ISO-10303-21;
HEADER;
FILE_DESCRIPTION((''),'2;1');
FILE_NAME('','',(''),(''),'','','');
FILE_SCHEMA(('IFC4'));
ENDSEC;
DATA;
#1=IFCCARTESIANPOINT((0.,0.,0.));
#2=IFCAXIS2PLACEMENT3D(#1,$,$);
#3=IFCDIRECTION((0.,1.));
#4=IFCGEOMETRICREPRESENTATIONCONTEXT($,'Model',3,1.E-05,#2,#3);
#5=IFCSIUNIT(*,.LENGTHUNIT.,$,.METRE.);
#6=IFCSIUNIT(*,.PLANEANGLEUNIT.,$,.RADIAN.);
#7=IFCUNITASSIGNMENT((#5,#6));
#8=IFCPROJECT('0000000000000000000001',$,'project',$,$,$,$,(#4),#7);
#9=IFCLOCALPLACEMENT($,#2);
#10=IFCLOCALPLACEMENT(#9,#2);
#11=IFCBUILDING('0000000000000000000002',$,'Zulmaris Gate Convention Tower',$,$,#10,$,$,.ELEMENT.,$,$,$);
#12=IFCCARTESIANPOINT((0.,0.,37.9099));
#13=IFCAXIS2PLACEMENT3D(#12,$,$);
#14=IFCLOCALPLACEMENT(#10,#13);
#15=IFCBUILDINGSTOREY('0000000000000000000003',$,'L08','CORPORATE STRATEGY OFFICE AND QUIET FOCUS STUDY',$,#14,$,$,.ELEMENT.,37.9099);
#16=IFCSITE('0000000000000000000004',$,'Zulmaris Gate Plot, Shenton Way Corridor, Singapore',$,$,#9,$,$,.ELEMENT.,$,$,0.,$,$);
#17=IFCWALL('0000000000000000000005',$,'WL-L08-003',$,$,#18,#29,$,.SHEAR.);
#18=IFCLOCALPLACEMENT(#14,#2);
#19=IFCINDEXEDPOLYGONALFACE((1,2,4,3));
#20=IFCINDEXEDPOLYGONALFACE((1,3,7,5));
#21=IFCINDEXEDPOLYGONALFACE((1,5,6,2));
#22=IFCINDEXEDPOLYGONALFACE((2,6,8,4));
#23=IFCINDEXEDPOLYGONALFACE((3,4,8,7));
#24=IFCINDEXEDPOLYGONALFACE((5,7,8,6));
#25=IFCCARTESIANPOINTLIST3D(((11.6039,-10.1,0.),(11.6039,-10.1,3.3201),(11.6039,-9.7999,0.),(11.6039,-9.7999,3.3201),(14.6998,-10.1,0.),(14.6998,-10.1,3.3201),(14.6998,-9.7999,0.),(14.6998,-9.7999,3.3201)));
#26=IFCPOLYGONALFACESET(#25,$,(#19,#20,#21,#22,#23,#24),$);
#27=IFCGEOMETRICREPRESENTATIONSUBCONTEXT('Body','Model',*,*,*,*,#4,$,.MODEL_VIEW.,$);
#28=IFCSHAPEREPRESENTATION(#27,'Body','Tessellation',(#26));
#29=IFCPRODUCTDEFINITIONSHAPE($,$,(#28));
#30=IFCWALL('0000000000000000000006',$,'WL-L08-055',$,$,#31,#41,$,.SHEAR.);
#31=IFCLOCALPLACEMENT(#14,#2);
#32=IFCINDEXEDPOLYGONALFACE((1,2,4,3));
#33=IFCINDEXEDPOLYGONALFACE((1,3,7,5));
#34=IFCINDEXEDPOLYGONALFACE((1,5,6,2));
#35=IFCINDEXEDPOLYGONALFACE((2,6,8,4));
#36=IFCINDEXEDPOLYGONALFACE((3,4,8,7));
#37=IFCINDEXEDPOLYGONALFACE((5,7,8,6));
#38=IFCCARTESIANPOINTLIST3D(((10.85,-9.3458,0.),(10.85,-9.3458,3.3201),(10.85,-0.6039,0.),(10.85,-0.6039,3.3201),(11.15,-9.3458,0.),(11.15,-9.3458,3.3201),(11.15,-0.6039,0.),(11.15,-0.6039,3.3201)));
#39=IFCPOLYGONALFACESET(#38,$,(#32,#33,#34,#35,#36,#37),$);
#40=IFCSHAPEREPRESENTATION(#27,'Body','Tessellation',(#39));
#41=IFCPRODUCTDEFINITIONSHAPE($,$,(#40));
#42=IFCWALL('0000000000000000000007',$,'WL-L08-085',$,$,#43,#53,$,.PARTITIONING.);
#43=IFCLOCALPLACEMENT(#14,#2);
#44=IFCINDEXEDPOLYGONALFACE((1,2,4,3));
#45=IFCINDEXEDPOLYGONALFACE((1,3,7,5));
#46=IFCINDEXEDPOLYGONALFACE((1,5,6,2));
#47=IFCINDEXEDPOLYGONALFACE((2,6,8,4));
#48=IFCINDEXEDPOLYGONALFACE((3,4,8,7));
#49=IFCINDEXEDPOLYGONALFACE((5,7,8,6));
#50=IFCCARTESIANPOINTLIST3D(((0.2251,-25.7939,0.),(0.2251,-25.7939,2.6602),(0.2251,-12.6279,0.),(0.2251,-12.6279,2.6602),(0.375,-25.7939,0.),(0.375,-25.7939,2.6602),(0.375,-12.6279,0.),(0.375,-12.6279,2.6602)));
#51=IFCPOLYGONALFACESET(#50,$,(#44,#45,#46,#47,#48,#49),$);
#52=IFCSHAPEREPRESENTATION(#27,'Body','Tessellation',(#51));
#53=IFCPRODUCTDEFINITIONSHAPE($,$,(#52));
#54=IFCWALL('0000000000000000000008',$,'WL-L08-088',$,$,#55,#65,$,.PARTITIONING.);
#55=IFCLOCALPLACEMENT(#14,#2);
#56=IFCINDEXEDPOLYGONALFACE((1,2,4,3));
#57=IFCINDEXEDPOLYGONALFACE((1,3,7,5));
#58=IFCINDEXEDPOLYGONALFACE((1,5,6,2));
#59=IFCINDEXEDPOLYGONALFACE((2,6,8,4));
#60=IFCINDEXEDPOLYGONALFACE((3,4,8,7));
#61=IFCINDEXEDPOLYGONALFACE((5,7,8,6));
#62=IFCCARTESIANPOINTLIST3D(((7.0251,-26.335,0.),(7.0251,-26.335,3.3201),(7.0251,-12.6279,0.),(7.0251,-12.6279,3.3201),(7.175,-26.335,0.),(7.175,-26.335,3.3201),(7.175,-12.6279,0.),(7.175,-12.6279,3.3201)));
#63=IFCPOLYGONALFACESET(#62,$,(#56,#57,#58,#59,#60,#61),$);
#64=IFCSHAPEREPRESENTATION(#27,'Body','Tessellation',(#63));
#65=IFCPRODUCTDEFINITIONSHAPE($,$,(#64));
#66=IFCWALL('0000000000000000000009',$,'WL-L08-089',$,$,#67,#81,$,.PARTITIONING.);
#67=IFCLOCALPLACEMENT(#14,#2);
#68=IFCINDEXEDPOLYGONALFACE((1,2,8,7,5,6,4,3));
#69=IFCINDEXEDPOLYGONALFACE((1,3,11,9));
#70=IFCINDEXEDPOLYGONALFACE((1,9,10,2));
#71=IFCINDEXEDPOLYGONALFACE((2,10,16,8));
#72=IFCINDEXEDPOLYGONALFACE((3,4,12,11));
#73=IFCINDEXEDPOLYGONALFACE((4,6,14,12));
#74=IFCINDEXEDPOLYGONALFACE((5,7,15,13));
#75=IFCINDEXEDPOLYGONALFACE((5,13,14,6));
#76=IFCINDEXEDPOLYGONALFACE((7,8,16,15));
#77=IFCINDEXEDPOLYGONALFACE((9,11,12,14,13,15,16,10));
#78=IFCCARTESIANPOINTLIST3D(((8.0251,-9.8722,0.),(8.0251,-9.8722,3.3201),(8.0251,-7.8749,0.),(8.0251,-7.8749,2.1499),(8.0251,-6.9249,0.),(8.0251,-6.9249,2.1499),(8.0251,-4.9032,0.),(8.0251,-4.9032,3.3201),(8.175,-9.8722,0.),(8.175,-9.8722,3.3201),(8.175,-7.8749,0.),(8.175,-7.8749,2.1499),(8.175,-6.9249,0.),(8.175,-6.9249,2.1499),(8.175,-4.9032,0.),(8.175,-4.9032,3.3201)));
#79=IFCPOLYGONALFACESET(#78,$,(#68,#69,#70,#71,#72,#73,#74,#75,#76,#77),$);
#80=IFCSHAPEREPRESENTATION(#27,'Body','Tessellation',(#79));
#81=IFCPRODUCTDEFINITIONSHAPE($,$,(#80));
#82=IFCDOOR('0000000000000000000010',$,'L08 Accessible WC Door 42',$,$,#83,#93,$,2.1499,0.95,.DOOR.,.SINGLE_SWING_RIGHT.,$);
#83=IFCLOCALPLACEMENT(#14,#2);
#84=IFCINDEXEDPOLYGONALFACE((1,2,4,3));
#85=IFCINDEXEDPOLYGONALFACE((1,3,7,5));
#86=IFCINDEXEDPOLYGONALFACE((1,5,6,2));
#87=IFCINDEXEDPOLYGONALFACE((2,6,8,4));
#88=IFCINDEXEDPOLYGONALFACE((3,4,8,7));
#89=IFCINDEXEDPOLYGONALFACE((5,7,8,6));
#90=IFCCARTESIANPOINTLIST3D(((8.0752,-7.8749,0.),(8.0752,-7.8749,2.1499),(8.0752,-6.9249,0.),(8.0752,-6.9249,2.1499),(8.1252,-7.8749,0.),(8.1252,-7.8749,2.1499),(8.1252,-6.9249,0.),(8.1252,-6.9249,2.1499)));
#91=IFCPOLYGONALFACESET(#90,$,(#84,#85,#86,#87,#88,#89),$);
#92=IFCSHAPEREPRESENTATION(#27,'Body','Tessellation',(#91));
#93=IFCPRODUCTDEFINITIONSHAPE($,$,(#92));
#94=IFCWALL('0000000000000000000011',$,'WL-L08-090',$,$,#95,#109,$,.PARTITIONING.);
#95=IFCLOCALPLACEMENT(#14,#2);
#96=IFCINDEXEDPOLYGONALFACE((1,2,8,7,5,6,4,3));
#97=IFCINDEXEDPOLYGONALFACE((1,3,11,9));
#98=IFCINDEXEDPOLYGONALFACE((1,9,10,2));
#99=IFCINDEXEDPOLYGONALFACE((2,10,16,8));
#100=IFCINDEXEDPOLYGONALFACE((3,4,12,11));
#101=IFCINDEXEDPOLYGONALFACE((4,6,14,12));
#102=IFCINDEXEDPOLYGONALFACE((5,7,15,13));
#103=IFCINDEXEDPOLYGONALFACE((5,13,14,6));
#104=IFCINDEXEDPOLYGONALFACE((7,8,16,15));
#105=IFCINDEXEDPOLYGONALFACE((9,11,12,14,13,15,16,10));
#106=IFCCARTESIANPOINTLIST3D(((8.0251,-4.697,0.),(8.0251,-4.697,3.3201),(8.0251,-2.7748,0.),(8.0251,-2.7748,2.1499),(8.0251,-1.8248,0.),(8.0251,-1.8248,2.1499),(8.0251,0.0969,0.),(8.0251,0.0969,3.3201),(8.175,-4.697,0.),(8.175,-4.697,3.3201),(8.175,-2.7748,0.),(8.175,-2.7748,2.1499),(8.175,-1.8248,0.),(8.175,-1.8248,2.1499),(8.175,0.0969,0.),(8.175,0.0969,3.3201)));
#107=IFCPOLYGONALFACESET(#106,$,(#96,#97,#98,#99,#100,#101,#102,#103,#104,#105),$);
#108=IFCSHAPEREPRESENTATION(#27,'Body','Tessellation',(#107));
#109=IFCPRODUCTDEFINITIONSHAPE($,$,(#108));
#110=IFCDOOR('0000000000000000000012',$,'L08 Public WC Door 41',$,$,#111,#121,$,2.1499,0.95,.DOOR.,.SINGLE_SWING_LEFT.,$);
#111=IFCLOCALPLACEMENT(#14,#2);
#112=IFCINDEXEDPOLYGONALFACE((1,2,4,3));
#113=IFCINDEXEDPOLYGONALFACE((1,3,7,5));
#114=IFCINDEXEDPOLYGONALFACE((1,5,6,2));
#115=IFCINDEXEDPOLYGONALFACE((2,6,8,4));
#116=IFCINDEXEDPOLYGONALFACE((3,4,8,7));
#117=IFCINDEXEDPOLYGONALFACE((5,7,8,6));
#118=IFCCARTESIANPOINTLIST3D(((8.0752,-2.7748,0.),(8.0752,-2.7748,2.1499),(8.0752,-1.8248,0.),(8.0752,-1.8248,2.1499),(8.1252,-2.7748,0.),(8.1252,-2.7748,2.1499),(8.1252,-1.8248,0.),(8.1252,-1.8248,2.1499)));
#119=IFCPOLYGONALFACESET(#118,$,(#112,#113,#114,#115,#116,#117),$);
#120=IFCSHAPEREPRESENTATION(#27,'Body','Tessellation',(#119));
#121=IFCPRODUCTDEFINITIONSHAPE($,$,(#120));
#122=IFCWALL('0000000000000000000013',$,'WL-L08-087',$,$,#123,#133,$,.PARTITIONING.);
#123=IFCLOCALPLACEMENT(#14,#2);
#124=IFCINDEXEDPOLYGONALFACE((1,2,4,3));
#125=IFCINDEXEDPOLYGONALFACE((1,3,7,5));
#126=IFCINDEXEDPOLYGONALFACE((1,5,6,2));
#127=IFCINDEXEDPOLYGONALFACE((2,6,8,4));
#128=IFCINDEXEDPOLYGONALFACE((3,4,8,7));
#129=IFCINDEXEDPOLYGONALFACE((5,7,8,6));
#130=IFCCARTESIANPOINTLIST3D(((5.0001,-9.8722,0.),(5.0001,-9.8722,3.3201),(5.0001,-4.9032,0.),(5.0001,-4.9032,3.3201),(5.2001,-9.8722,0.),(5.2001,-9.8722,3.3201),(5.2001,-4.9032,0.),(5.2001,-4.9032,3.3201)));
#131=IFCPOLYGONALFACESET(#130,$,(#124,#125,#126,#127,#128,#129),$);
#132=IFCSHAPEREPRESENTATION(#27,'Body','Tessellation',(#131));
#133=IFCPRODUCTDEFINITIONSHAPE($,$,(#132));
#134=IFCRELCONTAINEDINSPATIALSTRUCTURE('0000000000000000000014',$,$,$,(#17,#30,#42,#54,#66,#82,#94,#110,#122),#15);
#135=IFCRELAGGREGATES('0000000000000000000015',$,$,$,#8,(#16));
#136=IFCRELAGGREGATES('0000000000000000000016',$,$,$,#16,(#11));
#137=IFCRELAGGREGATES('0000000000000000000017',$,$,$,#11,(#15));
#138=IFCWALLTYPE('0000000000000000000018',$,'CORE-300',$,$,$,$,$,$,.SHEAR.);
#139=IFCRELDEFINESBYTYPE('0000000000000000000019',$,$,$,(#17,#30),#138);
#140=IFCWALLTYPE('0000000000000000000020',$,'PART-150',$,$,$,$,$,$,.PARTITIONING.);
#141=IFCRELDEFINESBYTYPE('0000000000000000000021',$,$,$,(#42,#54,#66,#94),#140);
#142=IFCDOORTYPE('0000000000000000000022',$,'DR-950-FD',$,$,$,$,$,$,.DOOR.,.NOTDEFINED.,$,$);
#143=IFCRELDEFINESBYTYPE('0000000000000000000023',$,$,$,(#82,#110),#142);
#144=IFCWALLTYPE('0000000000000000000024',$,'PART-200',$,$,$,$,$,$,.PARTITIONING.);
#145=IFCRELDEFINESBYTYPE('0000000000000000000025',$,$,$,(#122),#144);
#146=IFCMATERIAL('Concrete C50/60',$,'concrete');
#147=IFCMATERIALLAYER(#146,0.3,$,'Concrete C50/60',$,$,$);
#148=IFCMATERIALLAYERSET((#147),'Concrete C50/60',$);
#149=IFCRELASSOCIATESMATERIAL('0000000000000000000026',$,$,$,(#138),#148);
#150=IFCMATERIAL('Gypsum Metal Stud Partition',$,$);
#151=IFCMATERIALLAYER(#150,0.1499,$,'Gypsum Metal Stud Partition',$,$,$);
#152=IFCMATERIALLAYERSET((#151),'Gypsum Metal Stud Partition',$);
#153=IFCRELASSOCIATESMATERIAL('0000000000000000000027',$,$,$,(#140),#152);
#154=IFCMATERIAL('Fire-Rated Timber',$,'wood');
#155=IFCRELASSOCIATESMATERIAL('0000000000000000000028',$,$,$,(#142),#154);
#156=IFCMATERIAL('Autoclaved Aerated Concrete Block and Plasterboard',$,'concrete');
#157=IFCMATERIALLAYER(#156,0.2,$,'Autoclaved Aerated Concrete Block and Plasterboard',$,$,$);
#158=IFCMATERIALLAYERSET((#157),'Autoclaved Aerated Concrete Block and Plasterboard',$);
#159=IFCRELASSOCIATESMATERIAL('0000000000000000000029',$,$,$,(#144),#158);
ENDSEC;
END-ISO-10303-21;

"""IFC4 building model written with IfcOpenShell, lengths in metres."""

from ifc_helpers import new_model, si_unit, direction, frame, frame_2d, origin, place, context, subcontext, project, spatial, rectangle, extrude, material, layer, layer_set, type_object, element, fill, save


model = new_model("IFC4")

# Units and contexts
model_context = context("Model", 3, precision=1e-05, world=origin(), true_north=direction((0.0, 1.0)))
body_context = subcontext(model_context, "Body", "Model", "MODEL_VIEW")
ifc_project = project(units=[si_unit("LENGTHUNIT", "METRE"), si_unit("PLANEANGLEUNIT", "RADIAN")], contexts=[model_context])

# Site, building, storey
site_placement = place(None, origin())
site = spatial("IfcSite", under=ifc_project, at=site_placement, Name="Zulmaris Gate Plot, Shenton Way Corridor, Singapore", CompositionType="ELEMENT", RefElevation=0.0)
building_placement = place(site_placement, origin())
building = spatial("IfcBuilding", under=site, at=building_placement, Name="Zulmaris Gate Convention Tower", CompositionType="ELEMENT")
storey_placement = place(building_placement, frame((0.0, 0.0, 37.9099)))
storey = spatial("IfcBuildingStorey", under=building, at=storey_placement, Name="L08", Description="CORPORATE STRATEGY OFFICE AND QUIET FOCUS STUDY", CompositionType="ELEMENT", Elevation=37.9099)

# Walls
ifc_material_1 = material(Name="Concrete C50/60", Category="concrete")
ifc_layer_1 = layer(ifc_material_1, 0.3, Name="Concrete C50/60")
ifc_layer_set_1 = layer_set([ifc_layer_1], Name="Concrete C50/60")
wall_type_1 = type_object("IfcWallType", Name="CORE-300", PredefinedType="SHEAR", material=ifc_layer_set_1)
wall_1_placement = place(storey_placement, frame((11.604, -9.95, 0.0), z_axis=(0.0, 0.0, 1.0), x_axis=(1.0, 0.0, 0.0)))
element("IfcWall", 1, at=wall_1_placement, inside=storey, type_object=wall_type_1, Name="WL-L08-003", PredefinedType="SHEAR", context=body_context, shape_type="SweptSolid", body=[
    extrude(rectangle(XDim=3.0959, YDim=0.3, at=frame_2d((1.5479, 0.0))), origin(), (0.0, 0.0, 1.0), 3.3201),
])
wall_2_placement = place(storey_placement, frame((11.0, -9.3459, 0.0), z_axis=(0.0, 0.0, 1.0), x_axis=(0.0, 1.0, 0.0)))
element("IfcWall", 2, at=wall_2_placement, inside=storey, type_object=wall_type_1, Name="WL-L08-055", PredefinedType="SHEAR", context=body_context, shape_type="SweptSolid", body=[
    extrude(rectangle(XDim=8.7419, YDim=0.3, at=frame_2d((4.3711, 0.0))), origin(), (0.0, 0.0, 1.0), 3.3201),
])
ifc_material_2 = material(Name="Gypsum Metal Stud Partition")
ifc_layer_2 = layer(ifc_material_2, 0.1499, Name="Gypsum Metal Stud Partition")
ifc_layer_set_2 = layer_set([ifc_layer_2], Name="Gypsum Metal Stud Partition")
wall_type_2 = type_object("IfcWallType", Name="PART-150", PredefinedType="PARTITIONING", material=ifc_layer_set_2)
wall_3_placement = place(storey_placement, frame((0.3, -25.7939, 0.0), z_axis=(0.0, 0.0, 1.0), x_axis=(0.0, 1.0, 0.0)))
element("IfcWall", 3, at=wall_3_placement, inside=storey, type_object=wall_type_2, Name="WL-L08-085", PredefinedType="PARTITIONING", context=body_context, shape_type="SweptSolid", body=[
    extrude(rectangle(XDim=13.166, YDim=0.1499, at=frame_2d((6.583, 0.0))), origin(), (0.0, 0.0, 1.0), 2.6602),
])
wall_4_placement = place(storey_placement, frame((7.1001, -26.335, 0.0), z_axis=(0.0, 0.0, 1.0), x_axis=(0.0, 1.0, 0.0)))
element("IfcWall", 4, at=wall_4_placement, inside=storey, type_object=wall_type_2, Name="WL-L08-088", PredefinedType="PARTITIONING", context=body_context, shape_type="SweptSolid", body=[
    extrude(rectangle(XDim=13.707, YDim=0.1499, at=frame_2d((6.8535, 0.0))), origin(), (0.0, 0.0, 1.0), 3.3201),
])

# Walls, openings, doors
wall_5_placement = place(storey_placement, frame((8.1001, -9.8721, 0.0), z_axis=(0.0, 0.0, 1.0), x_axis=(0.0, 1.0, 0.0)))
wall_5 = element("IfcWall", 5, at=wall_5_placement, inside=storey, type_object=wall_type_2, Name="WL-L08-089", PredefinedType="PARTITIONING", context=body_context, shape_type="SweptSolid", body=[
    extrude(rectangle(XDim=4.969, YDim=0.1499, at=frame_2d((2.4844, 0.0))), origin(), (0.0, 0.0, 1.0), 3.3201),
])
opening_1_placement = place(wall_5_placement, frame((1.9971, 0.0, 0.0)))
opening_1 = element("IfcOpeningElement", 6, at=opening_1_placement, cuts=wall_5, PredefinedType="OPENING", context=body_context, shape_type="SweptSolid", body=[
    extrude(rectangle(XDim=0.95, YDim=2.1499, at=frame_2d((0.4751, 1.075))), frame((0.0, 0.085, 0.0), z_axis=(0.0, -1.0, 0.0), x_axis=(1.0, 0.0, 0.0)), (0.0, 0.0, 1.0), 0.1699),
])
ifc_material_3 = material(Name="Fire-Rated Timber", Category="wood")
door_type = type_object("IfcDoorType", Name="DR-950-FD", OperationType="NOTDEFINED", PredefinedType="DOOR", material=ifc_material_3)
door_1_placement = place(opening_1_placement, origin())
door_1 = element("IfcDoor", 7, at=door_1_placement, inside=storey, type_object=door_type, Name="L08 Accessible WC Door 42", OperationType="SINGLE_SWING_RIGHT", OverallHeight=2.1499, OverallWidth=0.95, PredefinedType="DOOR", context=body_context, shape_type="SweptSolid", body=[
    extrude(rectangle(XDim=0.95, YDim=2.1499, at=frame_2d((0.4751, 1.075))), frame((0.0, 0.0249, 0.0), z_axis=(0.0, -1.0, 0.0), x_axis=(1.0, 0.0, 0.0)), (0.0, 0.0, 1.0), 0.05),
])
fill(opening_1, door_1)
wall_6_placement = place(storey_placement, frame((8.1001, -4.697, 0.0), z_axis=(0.0, 0.0, 1.0), x_axis=(0.0, 1.0, 0.0)))
wall_6 = element("IfcWall", 8, at=wall_6_placement, inside=storey, type_object=wall_type_2, Name="WL-L08-090", PredefinedType="PARTITIONING", context=body_context, shape_type="SweptSolid", body=[
    extrude(rectangle(XDim=4.7939, YDim=0.1499, at=frame_2d((2.397, 0.0))), origin(), (0.0, 0.0, 1.0), 3.3201),
])
opening_2_placement = place(wall_6_placement, frame((1.9221, 0.0, 0.0)))
opening_2 = element("IfcOpeningElement", 9, at=opening_2_placement, cuts=wall_6, PredefinedType="OPENING", context=body_context, shape_type="SweptSolid", body=[
    extrude(rectangle(XDim=0.95, YDim=2.1499, at=frame_2d((0.4751, 1.075))), frame((0.0, 0.085, 0.0), z_axis=(0.0, -1.0, 0.0), x_axis=(1.0, 0.0, 0.0)), (0.0, 0.0, 1.0), 0.1699),
])
door_2_placement = place(opening_2_placement, origin())
door_2 = element("IfcDoor", 10, at=door_2_placement, inside=storey, type_object=door_type, Name="L08 Public WC Door 41", OperationType="SINGLE_SWING_LEFT", OverallHeight=2.1499, OverallWidth=0.95, PredefinedType="DOOR", context=body_context, shape_type="SweptSolid", body=[
    extrude(rectangle(XDim=0.95, YDim=2.1499, at=frame_2d((0.4751, 1.075))), frame((0.0, 0.0249, 0.0), z_axis=(0.0, -1.0, 0.0), x_axis=(1.0, 0.0, 0.0)), (0.0, 0.0, 1.0), 0.05),
])
fill(opening_2, door_2)

# Wall
ifc_material_4 = material(Name="Autoclaved Aerated Concrete Block and Plasterboard", Category="concrete")
ifc_layer_3 = layer(ifc_material_4, 0.2, Name="Autoclaved Aerated Concrete Block and Plasterboard")
ifc_layer_set_3 = layer_set([ifc_layer_3], Name="Autoclaved Aerated Concrete Block and Plasterboard")
wall_type_3 = type_object("IfcWallType", Name="PART-200", PredefinedType="PARTITIONING", material=ifc_layer_set_3)
wall_7_placement = place(storey_placement, frame((5.1001, -9.8721, 0.0), z_axis=(0.0, 0.0, 1.0), x_axis=(0.0, 1.0, 0.0)))
element("IfcWall", 11, at=wall_7_placement, inside=storey, type_object=wall_type_3, Name="WL-L08-087", PredefinedType="PARTITIONING", context=body_context, shape_type="SweptSolid", body=[
    extrude(rectangle(XDim=4.969, YDim=0.2, at=frame_2d((2.4844, 0.0))), origin(), (0.0, 0.0, 1.0), 3.3201),
])

save(model, "model.ifc")
